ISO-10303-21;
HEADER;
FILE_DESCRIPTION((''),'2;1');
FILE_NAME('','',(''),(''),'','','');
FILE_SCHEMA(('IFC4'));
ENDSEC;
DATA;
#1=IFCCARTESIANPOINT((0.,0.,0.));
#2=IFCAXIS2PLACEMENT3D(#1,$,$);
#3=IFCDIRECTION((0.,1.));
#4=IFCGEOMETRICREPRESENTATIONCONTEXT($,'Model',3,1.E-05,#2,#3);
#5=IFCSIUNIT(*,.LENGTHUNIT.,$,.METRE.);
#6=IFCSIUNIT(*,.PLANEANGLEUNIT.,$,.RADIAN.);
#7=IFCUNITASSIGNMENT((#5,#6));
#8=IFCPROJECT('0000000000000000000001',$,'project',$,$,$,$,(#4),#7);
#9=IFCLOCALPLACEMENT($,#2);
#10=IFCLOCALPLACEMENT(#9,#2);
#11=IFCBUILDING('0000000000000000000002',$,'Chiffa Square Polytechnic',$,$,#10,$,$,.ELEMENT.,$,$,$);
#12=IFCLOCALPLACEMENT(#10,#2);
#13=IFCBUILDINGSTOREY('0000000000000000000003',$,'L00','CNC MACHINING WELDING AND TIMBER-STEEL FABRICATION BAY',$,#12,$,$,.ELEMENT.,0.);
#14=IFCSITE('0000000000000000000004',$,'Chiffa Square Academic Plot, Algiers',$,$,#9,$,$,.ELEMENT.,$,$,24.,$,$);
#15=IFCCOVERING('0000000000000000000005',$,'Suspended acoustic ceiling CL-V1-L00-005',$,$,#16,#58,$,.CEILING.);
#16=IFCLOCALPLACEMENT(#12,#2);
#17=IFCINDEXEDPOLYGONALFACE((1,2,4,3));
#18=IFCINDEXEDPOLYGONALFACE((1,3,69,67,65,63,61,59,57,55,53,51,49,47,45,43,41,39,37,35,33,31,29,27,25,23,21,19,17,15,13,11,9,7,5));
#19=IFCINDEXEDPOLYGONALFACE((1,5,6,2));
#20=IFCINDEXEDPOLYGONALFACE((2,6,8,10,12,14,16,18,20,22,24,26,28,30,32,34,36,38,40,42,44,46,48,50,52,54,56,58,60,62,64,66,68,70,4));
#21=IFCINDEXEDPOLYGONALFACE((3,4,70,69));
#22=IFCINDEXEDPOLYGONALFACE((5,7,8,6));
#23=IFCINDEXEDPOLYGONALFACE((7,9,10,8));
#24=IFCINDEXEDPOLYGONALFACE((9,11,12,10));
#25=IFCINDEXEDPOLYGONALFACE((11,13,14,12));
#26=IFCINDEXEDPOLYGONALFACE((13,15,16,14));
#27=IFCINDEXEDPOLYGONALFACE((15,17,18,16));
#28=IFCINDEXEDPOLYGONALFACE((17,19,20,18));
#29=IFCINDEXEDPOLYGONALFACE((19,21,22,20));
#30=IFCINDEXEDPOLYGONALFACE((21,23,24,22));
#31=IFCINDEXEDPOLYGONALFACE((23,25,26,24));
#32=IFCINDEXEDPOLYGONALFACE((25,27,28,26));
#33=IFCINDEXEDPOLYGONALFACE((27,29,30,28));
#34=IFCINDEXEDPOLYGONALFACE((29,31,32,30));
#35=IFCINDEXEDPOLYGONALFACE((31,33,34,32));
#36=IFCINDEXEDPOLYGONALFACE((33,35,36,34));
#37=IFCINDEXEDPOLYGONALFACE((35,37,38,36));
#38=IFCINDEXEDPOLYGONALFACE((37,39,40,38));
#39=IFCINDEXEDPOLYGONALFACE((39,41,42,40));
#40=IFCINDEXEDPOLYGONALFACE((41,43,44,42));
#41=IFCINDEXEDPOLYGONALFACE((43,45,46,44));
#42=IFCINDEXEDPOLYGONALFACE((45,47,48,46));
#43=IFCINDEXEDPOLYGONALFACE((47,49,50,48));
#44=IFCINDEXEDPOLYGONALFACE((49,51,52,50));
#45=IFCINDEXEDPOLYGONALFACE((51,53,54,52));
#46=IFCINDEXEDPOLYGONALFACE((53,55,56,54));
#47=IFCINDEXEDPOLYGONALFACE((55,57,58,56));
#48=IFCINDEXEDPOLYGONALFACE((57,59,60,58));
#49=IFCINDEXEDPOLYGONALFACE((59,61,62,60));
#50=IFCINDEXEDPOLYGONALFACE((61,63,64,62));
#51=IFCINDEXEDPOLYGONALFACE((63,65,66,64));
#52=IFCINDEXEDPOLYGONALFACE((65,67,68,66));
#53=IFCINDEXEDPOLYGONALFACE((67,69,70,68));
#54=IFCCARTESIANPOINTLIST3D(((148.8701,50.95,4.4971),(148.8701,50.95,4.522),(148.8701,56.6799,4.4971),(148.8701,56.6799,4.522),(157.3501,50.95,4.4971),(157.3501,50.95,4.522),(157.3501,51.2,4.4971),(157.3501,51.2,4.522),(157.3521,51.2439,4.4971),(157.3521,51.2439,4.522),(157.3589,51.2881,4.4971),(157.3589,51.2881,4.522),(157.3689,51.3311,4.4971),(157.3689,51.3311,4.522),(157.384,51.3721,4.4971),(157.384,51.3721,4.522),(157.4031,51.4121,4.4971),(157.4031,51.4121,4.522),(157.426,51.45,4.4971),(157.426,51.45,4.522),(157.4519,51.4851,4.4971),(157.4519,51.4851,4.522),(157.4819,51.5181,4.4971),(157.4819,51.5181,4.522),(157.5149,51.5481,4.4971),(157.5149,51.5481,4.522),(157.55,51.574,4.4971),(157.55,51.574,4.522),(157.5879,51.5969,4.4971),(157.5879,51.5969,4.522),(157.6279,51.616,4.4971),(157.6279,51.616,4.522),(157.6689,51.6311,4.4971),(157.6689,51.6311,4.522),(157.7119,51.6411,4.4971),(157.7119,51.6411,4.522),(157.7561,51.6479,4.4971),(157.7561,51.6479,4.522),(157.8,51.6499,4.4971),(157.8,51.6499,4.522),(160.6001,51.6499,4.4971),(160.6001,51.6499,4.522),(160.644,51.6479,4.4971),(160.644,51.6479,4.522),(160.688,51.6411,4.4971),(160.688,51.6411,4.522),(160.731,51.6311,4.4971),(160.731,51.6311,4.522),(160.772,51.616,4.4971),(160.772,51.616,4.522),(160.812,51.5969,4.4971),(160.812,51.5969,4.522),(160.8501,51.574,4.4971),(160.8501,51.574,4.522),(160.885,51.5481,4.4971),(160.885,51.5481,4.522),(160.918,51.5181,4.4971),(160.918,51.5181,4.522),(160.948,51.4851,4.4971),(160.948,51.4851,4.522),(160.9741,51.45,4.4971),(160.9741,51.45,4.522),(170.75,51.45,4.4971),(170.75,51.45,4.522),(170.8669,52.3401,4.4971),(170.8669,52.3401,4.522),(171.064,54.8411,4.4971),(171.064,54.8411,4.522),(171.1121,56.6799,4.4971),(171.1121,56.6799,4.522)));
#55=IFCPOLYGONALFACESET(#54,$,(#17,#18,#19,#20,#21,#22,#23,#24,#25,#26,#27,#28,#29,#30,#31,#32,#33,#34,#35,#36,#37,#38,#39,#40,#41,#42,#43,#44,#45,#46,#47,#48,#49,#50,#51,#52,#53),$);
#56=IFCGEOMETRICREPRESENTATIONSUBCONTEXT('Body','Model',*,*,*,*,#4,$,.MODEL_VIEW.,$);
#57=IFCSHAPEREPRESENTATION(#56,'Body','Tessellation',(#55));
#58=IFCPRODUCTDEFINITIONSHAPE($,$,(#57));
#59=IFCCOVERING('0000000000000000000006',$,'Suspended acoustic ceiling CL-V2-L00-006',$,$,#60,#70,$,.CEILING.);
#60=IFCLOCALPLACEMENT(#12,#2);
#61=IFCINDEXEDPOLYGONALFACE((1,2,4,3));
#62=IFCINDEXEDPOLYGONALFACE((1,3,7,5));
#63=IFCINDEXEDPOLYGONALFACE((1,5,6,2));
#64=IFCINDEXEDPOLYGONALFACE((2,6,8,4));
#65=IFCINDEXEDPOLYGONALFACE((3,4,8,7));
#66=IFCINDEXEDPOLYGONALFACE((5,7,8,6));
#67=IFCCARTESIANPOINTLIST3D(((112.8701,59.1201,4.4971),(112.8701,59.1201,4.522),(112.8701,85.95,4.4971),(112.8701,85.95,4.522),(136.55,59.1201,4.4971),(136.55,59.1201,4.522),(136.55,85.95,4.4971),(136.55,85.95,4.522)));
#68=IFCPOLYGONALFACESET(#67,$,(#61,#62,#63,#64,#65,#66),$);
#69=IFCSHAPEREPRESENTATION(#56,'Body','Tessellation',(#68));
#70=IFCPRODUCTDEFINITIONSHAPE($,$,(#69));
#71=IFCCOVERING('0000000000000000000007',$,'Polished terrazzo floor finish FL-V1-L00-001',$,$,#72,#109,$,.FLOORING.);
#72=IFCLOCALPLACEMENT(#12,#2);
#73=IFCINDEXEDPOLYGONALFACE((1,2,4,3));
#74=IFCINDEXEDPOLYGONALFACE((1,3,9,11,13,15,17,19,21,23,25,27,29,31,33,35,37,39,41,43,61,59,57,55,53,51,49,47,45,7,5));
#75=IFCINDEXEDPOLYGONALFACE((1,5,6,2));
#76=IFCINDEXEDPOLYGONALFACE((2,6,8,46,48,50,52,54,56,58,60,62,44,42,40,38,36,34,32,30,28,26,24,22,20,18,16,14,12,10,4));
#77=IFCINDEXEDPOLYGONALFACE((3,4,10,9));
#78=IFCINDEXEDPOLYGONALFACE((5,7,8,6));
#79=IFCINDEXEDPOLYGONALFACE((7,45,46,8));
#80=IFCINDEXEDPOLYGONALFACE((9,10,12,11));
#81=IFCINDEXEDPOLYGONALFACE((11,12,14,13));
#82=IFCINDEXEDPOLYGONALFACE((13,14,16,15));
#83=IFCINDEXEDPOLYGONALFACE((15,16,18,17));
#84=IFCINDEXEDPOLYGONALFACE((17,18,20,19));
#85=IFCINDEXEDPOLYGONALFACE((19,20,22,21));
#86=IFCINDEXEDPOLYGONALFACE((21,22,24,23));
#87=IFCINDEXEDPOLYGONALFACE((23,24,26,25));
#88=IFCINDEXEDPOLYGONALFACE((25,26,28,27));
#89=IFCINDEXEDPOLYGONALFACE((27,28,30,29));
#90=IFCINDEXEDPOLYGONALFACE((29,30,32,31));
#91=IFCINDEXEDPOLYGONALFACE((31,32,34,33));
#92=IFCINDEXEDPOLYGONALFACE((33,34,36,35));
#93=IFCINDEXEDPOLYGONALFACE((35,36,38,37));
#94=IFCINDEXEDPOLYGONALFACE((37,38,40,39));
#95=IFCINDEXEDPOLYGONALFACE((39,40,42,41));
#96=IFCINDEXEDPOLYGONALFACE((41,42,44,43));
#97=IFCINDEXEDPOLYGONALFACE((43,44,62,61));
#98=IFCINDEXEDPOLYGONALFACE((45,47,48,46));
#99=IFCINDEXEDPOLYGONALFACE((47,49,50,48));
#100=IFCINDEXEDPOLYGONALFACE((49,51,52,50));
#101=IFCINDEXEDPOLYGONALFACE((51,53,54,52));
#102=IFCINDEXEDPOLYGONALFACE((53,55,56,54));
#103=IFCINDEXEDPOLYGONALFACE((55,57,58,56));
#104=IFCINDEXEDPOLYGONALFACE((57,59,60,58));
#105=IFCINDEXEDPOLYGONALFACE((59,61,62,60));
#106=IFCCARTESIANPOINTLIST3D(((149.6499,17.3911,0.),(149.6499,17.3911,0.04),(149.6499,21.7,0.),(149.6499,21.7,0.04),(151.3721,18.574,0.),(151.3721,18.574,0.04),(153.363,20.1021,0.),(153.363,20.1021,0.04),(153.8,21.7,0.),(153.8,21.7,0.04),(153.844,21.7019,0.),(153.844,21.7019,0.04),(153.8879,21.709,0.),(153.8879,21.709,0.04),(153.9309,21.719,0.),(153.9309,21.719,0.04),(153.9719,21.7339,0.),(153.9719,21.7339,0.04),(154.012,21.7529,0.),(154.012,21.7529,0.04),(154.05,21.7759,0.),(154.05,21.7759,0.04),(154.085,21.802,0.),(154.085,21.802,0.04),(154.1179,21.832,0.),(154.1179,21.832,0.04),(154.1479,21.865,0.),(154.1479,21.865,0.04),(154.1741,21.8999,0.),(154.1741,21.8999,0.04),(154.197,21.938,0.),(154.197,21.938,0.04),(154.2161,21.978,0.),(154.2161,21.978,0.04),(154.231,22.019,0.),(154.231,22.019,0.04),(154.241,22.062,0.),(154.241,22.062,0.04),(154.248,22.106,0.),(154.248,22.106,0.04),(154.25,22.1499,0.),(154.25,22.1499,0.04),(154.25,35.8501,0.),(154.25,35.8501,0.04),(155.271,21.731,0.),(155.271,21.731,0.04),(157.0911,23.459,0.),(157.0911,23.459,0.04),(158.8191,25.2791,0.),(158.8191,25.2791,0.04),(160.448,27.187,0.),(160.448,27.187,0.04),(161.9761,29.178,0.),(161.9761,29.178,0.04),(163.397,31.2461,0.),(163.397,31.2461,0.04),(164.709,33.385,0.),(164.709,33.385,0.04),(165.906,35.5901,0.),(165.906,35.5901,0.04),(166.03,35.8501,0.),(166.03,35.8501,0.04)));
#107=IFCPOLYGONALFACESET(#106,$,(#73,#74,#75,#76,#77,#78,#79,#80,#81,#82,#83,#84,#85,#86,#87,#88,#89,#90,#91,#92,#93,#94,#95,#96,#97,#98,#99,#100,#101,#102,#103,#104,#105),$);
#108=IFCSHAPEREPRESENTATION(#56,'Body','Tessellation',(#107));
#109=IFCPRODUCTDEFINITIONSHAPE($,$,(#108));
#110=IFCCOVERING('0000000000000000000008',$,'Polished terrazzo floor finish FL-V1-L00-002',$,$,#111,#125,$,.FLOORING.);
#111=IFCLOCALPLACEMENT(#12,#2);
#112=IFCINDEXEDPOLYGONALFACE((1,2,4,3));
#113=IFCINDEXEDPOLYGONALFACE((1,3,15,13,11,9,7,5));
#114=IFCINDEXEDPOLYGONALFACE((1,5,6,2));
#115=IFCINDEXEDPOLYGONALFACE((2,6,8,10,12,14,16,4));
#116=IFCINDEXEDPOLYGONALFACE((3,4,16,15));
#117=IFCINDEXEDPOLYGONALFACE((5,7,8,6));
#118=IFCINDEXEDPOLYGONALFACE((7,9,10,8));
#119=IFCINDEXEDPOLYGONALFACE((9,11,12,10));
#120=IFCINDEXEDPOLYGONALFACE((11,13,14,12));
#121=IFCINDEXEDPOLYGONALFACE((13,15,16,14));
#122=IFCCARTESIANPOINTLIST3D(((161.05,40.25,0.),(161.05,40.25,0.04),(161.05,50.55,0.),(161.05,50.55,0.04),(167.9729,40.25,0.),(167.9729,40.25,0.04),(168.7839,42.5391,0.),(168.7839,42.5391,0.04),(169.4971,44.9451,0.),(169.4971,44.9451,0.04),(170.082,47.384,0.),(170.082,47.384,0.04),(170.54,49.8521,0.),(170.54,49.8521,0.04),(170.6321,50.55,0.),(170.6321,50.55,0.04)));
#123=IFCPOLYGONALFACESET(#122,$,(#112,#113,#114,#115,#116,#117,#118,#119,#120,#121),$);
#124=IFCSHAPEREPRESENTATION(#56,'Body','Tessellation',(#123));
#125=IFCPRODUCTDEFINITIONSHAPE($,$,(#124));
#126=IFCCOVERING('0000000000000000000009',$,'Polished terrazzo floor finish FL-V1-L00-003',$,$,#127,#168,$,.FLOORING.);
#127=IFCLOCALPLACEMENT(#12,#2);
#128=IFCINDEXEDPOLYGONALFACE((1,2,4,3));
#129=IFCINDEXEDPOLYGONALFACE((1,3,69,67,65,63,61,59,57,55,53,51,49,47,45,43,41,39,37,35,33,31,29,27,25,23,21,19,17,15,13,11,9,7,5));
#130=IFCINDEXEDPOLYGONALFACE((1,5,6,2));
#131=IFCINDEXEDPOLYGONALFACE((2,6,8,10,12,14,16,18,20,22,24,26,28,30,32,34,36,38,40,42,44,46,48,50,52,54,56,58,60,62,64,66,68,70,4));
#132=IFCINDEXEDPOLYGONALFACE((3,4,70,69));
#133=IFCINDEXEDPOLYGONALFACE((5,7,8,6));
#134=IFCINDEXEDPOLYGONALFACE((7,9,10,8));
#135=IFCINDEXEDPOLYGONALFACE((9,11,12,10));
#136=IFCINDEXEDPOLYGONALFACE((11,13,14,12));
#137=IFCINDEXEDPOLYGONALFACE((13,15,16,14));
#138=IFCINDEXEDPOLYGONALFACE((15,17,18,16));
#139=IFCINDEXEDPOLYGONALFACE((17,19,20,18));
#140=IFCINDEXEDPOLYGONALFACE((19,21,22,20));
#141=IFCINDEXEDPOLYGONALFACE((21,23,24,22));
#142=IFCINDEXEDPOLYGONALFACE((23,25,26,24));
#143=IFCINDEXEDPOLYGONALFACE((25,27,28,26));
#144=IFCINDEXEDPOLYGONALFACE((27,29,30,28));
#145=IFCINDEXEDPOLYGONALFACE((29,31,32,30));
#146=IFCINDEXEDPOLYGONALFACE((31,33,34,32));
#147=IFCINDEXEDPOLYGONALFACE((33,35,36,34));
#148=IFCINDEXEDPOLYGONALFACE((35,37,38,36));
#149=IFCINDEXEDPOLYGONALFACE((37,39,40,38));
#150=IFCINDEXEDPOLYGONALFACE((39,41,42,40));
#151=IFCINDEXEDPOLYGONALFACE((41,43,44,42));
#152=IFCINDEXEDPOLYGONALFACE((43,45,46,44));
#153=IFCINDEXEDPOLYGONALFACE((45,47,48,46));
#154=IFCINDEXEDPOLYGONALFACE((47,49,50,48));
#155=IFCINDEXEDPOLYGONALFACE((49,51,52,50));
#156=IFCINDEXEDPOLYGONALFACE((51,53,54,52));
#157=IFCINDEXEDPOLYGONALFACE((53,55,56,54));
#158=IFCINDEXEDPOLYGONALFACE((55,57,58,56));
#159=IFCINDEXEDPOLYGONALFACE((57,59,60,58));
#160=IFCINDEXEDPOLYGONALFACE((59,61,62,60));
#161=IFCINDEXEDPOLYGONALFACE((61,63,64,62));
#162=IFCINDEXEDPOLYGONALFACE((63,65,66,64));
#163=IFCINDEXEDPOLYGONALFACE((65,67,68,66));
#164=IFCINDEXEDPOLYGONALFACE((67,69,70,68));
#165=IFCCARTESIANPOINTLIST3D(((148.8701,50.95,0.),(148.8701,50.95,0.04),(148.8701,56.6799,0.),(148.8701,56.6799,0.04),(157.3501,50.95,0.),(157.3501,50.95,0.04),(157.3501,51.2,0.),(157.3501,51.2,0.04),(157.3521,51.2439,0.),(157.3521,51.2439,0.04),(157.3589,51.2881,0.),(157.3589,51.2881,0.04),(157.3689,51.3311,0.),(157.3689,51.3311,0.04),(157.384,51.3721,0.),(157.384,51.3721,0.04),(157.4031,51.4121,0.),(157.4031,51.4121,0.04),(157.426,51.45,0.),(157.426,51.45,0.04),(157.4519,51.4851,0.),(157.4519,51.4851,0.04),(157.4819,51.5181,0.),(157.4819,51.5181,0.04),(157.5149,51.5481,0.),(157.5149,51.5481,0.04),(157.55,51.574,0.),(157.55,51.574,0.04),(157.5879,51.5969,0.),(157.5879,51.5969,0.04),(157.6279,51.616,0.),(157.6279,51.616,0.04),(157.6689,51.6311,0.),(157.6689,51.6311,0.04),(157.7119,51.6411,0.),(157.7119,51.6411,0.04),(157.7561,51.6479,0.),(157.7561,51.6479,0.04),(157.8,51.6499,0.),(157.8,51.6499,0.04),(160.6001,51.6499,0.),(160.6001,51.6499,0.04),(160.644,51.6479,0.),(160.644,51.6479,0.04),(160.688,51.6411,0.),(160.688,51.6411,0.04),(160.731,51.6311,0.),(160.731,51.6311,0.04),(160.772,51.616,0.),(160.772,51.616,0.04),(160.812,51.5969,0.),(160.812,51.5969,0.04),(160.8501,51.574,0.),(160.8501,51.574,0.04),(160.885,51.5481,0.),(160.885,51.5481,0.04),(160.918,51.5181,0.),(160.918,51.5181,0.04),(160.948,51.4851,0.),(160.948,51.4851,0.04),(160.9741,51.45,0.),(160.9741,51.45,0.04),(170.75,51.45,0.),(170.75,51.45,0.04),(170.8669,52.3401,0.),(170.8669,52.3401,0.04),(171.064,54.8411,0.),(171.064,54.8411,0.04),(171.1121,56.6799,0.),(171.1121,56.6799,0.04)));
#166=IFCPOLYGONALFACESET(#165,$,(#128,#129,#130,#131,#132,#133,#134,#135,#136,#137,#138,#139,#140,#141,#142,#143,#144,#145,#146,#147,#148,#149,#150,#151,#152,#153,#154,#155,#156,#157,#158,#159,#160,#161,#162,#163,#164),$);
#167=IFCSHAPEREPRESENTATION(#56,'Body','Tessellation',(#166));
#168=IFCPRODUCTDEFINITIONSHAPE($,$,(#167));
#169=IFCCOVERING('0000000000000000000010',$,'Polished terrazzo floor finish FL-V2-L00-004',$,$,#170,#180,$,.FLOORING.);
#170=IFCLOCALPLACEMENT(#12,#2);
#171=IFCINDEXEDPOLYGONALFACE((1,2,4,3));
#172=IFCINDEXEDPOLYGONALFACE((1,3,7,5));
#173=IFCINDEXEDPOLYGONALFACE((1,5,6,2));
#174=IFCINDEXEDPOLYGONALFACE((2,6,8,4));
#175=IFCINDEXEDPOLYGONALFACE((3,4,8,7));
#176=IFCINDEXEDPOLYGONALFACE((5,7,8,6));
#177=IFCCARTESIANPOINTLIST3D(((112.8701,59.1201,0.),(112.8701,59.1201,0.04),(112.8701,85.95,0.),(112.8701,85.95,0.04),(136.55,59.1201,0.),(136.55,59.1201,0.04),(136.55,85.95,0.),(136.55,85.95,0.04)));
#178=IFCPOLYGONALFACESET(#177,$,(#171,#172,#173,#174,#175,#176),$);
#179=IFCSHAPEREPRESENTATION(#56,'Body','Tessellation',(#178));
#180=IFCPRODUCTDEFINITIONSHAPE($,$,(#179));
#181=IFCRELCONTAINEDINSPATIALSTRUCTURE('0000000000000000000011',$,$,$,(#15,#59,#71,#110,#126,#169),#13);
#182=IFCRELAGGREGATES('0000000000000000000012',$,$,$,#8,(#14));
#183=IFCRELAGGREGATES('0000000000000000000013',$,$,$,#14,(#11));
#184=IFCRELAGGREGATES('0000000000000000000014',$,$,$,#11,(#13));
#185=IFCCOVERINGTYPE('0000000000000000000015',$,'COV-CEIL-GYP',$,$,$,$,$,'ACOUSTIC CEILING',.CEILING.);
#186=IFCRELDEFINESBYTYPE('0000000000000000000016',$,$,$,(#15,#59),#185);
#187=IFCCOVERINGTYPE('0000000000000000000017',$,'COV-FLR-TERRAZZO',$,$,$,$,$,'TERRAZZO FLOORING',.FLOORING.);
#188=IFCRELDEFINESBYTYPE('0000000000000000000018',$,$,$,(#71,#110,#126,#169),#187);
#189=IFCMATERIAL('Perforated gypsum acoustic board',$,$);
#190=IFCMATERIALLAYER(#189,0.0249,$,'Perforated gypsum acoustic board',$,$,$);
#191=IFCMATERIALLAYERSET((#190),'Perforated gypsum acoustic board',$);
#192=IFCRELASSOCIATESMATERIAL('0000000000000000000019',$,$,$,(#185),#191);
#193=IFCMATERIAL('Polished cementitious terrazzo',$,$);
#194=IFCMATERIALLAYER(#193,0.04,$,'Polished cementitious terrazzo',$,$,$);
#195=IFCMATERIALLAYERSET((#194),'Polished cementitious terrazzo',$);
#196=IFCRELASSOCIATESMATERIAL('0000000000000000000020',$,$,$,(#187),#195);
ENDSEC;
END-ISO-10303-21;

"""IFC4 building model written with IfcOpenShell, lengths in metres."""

from ifc_helpers import new_model, si_unit, direction, frame, origin, place, context, subcontext, project, spatial, polyline, outline, extrude, material, layer, layer_set, type_object, element, save


model = new_model("IFC4")

# Units and contexts
model_context = context("Model", 3, precision=1e-05, world=origin(), true_north=direction((0.0, 1.0)))
body_context = subcontext(model_context, "Body", "Model", "MODEL_VIEW")
ifc_project = project(units=[si_unit("LENGTHUNIT", "METRE"), si_unit("PLANEANGLEUNIT", "RADIAN")], contexts=[model_context])

# Site, building, storey
site_placement = place(None, origin())
site = spatial("IfcSite", under=ifc_project, at=site_placement, Name="Chiffa Square Academic Plot, Algiers", CompositionType="ELEMENT", RefElevation=24.0)
building_placement = place(site_placement, origin())
building = spatial("IfcBuilding", under=site, at=building_placement, Name="Chiffa Square Polytechnic", CompositionType="ELEMENT")
storey_placement = place(building_placement, origin())
storey = spatial("IfcBuildingStorey", under=building, at=storey_placement, Name="L00", Description="CNC MACHINING WELDING AND TIMBER-STEEL FABRICATION BAY", CompositionType="ELEMENT", Elevation=0.0)

# Coverings
ifc_material_1 = material(Name="Perforated gypsum acoustic board")
ifc_layer_1 = layer(ifc_material_1, 0.0249, Name="Perforated gypsum acoustic board")
ifc_layer_set_1 = layer_set([ifc_layer_1], Name="Perforated gypsum acoustic board")
covering_type_1 = type_object("IfcCoveringType", Name="COV-CEIL-GYP", ElementType="ACOUSTIC CEILING", PredefinedType="CEILING", material=ifc_layer_set_1)
covering_1_placement = place(storey_placement, frame((0.0, 0.0, 4.4971)))
element("IfcCovering", 1, at=covering_1_placement, inside=storey, type_object=covering_type_1, Name="Suspended acoustic ceiling CL-V1-L00-005", PredefinedType="CEILING", context=body_context, shape_type="SweptSolid", body=[
    extrude(outline(polyline([(148.8701, 50.95), (148.8701, 56.6799), (171.1121, 56.6799), (171.064, 54.8411), (170.8669, 52.3401), (170.75, 51.45), (160.9741, 51.45), (160.9741, 51.45), (160.948, 51.4851), (160.918, 51.5181), (160.885, 51.5481), (160.8501, 51.574), (160.812, 51.5969), (160.772, 51.616), (160.731, 51.6311), (160.688, 51.6411), (160.644, 51.6479), (160.6001, 51.6499), (157.8, 51.6499), (157.7561, 51.6479), (157.7119, 51.6411), (157.6689, 51.6311), (157.6279, 51.616), (157.5879, 51.5969), (157.55, 51.574), (157.5149, 51.5481), (157.4819, 51.5181), (157.4519, 51.4851), (157.426, 51.45), (157.4031, 51.4121), (157.384, 51.3721), (157.3689, 51.3311), (157.3589, 51.2881), (157.3521, 51.2439), (157.3501, 51.2), (157.3501, 50.95), (148.8701, 50.95)])), origin(), (0.0, 0.0, 1.0), 0.0249),
])
covering_2_placement = place(storey_placement, frame((0.0, 0.0, 4.4971)))
element("IfcCovering", 2, at=covering_2_placement, inside=storey, type_object=covering_type_1, Name="Suspended acoustic ceiling CL-V2-L00-006", PredefinedType="CEILING", context=body_context, shape_type="SweptSolid", body=[
    extrude(outline(polyline([(136.55, 85.95), (136.55, 59.1201), (112.8701, 59.1201), (112.8701, 85.95), (136.55, 85.95)])), origin(), (0.0, 0.0, 1.0), 0.0249),
])
ifc_material_2 = material(Name="Polished cementitious terrazzo")
ifc_layer_2 = layer(ifc_material_2, 0.04, Name="Polished cementitious terrazzo")
ifc_layer_set_2 = layer_set([ifc_layer_2], Name="Polished cementitious terrazzo")
covering_type_2 = type_object("IfcCoveringType", Name="COV-FLR-TERRAZZO", ElementType="TERRAZZO FLOORING", PredefinedType="FLOORING", material=ifc_layer_set_2)
covering_3_placement = place(storey_placement, origin())
element("IfcCovering", 3, at=covering_3_placement, inside=storey, type_object=covering_type_2, Name="Polished terrazzo floor finish FL-V1-L00-001", PredefinedType="FLOORING", context=body_context, shape_type="SweptSolid", body=[
    extrude(outline(polyline([(149.6499, 17.3911), (149.6499, 21.7), (153.8, 21.7), (153.844, 21.7019), (153.8879, 21.709), (153.9309, 21.719), (153.9719, 21.7339), (154.012, 21.7529), (154.05, 21.7759), (154.085, 21.802), (154.1179, 21.832), (154.1479, 21.865), (154.1741, 21.8999), (154.197, 21.938), (154.2161, 21.978), (154.231, 22.019), (154.241, 22.062), (154.248, 22.106), (154.25, 22.1499), (154.25, 35.8501), (166.03, 35.8501), (165.906, 35.5901), (164.709, 33.385), (163.397, 31.2461), (161.9761, 29.178), (160.448, 27.187), (158.8191, 25.2791), (157.0911, 23.459), (155.271, 21.731), (153.363, 20.1021), (151.3721, 18.574), (149.6499, 17.3911)])), origin(), (0.0, 0.0, 1.0), 0.04),
])
covering_4_placement = place(storey_placement, origin())
element("IfcCovering", 4, at=covering_4_placement, inside=storey, type_object=covering_type_2, Name="Polished terrazzo floor finish FL-V1-L00-002", PredefinedType="FLOORING", context=body_context, shape_type="SweptSolid", body=[
    extrude(outline(polyline([(161.05, 40.25), (161.05, 50.55), (170.6321, 50.55), (170.54, 49.8521), (170.082, 47.384), (169.4971, 44.9451), (168.7839, 42.5391), (167.9729, 40.25), (161.05, 40.25)])), origin(), (0.0, 0.0, 1.0), 0.04),
])
covering_5_placement = place(storey_placement, origin())
element("IfcCovering", 5, at=covering_5_placement, inside=storey, type_object=covering_type_2, Name="Polished terrazzo floor finish FL-V1-L00-003", PredefinedType="FLOORING", context=body_context, shape_type="SweptSolid", body=[
    extrude(outline(polyline([(148.8701, 50.95), (148.8701, 56.6799), (171.1121, 56.6799), (171.064, 54.8411), (170.8669, 52.3401), (170.75, 51.45), (160.9741, 51.45), (160.9741, 51.45), (160.948, 51.4851), (160.918, 51.5181), (160.885, 51.5481), (160.8501, 51.574), (160.812, 51.5969), (160.772, 51.616), (160.731, 51.6311), (160.688, 51.6411), (160.644, 51.6479), (160.6001, 51.6499), (157.8, 51.6499), (157.7561, 51.6479), (157.7119, 51.6411), (157.6689, 51.6311), (157.6279, 51.616), (157.5879, 51.5969), (157.55, 51.574), (157.5149, 51.5481), (157.4819, 51.5181), (157.4519, 51.4851), (157.426, 51.45), (157.4031, 51.4121), (157.384, 51.3721), (157.3689, 51.3311), (157.3589, 51.2881), (157.3521, 51.2439), (157.3501, 51.2), (157.3501, 50.95), (148.8701, 50.95)])), origin(), (0.0, 0.0, 1.0), 0.04),
])
covering_6_placement = place(storey_placement, origin())
element("IfcCovering", 6, at=covering_6_placement, inside=storey, type_object=covering_type_2, Name="Polished terrazzo floor finish FL-V2-L00-004", PredefinedType="FLOORING", context=body_context, shape_type="SweptSolid", body=[
    extrude(outline(polyline([(136.55, 85.95), (136.55, 59.1201), (112.8701, 59.1201), (112.8701, 85.95), (136.55, 85.95)])), origin(), (0.0, 0.0, 1.0), 0.04),
])

save(model, "model.ifc")
